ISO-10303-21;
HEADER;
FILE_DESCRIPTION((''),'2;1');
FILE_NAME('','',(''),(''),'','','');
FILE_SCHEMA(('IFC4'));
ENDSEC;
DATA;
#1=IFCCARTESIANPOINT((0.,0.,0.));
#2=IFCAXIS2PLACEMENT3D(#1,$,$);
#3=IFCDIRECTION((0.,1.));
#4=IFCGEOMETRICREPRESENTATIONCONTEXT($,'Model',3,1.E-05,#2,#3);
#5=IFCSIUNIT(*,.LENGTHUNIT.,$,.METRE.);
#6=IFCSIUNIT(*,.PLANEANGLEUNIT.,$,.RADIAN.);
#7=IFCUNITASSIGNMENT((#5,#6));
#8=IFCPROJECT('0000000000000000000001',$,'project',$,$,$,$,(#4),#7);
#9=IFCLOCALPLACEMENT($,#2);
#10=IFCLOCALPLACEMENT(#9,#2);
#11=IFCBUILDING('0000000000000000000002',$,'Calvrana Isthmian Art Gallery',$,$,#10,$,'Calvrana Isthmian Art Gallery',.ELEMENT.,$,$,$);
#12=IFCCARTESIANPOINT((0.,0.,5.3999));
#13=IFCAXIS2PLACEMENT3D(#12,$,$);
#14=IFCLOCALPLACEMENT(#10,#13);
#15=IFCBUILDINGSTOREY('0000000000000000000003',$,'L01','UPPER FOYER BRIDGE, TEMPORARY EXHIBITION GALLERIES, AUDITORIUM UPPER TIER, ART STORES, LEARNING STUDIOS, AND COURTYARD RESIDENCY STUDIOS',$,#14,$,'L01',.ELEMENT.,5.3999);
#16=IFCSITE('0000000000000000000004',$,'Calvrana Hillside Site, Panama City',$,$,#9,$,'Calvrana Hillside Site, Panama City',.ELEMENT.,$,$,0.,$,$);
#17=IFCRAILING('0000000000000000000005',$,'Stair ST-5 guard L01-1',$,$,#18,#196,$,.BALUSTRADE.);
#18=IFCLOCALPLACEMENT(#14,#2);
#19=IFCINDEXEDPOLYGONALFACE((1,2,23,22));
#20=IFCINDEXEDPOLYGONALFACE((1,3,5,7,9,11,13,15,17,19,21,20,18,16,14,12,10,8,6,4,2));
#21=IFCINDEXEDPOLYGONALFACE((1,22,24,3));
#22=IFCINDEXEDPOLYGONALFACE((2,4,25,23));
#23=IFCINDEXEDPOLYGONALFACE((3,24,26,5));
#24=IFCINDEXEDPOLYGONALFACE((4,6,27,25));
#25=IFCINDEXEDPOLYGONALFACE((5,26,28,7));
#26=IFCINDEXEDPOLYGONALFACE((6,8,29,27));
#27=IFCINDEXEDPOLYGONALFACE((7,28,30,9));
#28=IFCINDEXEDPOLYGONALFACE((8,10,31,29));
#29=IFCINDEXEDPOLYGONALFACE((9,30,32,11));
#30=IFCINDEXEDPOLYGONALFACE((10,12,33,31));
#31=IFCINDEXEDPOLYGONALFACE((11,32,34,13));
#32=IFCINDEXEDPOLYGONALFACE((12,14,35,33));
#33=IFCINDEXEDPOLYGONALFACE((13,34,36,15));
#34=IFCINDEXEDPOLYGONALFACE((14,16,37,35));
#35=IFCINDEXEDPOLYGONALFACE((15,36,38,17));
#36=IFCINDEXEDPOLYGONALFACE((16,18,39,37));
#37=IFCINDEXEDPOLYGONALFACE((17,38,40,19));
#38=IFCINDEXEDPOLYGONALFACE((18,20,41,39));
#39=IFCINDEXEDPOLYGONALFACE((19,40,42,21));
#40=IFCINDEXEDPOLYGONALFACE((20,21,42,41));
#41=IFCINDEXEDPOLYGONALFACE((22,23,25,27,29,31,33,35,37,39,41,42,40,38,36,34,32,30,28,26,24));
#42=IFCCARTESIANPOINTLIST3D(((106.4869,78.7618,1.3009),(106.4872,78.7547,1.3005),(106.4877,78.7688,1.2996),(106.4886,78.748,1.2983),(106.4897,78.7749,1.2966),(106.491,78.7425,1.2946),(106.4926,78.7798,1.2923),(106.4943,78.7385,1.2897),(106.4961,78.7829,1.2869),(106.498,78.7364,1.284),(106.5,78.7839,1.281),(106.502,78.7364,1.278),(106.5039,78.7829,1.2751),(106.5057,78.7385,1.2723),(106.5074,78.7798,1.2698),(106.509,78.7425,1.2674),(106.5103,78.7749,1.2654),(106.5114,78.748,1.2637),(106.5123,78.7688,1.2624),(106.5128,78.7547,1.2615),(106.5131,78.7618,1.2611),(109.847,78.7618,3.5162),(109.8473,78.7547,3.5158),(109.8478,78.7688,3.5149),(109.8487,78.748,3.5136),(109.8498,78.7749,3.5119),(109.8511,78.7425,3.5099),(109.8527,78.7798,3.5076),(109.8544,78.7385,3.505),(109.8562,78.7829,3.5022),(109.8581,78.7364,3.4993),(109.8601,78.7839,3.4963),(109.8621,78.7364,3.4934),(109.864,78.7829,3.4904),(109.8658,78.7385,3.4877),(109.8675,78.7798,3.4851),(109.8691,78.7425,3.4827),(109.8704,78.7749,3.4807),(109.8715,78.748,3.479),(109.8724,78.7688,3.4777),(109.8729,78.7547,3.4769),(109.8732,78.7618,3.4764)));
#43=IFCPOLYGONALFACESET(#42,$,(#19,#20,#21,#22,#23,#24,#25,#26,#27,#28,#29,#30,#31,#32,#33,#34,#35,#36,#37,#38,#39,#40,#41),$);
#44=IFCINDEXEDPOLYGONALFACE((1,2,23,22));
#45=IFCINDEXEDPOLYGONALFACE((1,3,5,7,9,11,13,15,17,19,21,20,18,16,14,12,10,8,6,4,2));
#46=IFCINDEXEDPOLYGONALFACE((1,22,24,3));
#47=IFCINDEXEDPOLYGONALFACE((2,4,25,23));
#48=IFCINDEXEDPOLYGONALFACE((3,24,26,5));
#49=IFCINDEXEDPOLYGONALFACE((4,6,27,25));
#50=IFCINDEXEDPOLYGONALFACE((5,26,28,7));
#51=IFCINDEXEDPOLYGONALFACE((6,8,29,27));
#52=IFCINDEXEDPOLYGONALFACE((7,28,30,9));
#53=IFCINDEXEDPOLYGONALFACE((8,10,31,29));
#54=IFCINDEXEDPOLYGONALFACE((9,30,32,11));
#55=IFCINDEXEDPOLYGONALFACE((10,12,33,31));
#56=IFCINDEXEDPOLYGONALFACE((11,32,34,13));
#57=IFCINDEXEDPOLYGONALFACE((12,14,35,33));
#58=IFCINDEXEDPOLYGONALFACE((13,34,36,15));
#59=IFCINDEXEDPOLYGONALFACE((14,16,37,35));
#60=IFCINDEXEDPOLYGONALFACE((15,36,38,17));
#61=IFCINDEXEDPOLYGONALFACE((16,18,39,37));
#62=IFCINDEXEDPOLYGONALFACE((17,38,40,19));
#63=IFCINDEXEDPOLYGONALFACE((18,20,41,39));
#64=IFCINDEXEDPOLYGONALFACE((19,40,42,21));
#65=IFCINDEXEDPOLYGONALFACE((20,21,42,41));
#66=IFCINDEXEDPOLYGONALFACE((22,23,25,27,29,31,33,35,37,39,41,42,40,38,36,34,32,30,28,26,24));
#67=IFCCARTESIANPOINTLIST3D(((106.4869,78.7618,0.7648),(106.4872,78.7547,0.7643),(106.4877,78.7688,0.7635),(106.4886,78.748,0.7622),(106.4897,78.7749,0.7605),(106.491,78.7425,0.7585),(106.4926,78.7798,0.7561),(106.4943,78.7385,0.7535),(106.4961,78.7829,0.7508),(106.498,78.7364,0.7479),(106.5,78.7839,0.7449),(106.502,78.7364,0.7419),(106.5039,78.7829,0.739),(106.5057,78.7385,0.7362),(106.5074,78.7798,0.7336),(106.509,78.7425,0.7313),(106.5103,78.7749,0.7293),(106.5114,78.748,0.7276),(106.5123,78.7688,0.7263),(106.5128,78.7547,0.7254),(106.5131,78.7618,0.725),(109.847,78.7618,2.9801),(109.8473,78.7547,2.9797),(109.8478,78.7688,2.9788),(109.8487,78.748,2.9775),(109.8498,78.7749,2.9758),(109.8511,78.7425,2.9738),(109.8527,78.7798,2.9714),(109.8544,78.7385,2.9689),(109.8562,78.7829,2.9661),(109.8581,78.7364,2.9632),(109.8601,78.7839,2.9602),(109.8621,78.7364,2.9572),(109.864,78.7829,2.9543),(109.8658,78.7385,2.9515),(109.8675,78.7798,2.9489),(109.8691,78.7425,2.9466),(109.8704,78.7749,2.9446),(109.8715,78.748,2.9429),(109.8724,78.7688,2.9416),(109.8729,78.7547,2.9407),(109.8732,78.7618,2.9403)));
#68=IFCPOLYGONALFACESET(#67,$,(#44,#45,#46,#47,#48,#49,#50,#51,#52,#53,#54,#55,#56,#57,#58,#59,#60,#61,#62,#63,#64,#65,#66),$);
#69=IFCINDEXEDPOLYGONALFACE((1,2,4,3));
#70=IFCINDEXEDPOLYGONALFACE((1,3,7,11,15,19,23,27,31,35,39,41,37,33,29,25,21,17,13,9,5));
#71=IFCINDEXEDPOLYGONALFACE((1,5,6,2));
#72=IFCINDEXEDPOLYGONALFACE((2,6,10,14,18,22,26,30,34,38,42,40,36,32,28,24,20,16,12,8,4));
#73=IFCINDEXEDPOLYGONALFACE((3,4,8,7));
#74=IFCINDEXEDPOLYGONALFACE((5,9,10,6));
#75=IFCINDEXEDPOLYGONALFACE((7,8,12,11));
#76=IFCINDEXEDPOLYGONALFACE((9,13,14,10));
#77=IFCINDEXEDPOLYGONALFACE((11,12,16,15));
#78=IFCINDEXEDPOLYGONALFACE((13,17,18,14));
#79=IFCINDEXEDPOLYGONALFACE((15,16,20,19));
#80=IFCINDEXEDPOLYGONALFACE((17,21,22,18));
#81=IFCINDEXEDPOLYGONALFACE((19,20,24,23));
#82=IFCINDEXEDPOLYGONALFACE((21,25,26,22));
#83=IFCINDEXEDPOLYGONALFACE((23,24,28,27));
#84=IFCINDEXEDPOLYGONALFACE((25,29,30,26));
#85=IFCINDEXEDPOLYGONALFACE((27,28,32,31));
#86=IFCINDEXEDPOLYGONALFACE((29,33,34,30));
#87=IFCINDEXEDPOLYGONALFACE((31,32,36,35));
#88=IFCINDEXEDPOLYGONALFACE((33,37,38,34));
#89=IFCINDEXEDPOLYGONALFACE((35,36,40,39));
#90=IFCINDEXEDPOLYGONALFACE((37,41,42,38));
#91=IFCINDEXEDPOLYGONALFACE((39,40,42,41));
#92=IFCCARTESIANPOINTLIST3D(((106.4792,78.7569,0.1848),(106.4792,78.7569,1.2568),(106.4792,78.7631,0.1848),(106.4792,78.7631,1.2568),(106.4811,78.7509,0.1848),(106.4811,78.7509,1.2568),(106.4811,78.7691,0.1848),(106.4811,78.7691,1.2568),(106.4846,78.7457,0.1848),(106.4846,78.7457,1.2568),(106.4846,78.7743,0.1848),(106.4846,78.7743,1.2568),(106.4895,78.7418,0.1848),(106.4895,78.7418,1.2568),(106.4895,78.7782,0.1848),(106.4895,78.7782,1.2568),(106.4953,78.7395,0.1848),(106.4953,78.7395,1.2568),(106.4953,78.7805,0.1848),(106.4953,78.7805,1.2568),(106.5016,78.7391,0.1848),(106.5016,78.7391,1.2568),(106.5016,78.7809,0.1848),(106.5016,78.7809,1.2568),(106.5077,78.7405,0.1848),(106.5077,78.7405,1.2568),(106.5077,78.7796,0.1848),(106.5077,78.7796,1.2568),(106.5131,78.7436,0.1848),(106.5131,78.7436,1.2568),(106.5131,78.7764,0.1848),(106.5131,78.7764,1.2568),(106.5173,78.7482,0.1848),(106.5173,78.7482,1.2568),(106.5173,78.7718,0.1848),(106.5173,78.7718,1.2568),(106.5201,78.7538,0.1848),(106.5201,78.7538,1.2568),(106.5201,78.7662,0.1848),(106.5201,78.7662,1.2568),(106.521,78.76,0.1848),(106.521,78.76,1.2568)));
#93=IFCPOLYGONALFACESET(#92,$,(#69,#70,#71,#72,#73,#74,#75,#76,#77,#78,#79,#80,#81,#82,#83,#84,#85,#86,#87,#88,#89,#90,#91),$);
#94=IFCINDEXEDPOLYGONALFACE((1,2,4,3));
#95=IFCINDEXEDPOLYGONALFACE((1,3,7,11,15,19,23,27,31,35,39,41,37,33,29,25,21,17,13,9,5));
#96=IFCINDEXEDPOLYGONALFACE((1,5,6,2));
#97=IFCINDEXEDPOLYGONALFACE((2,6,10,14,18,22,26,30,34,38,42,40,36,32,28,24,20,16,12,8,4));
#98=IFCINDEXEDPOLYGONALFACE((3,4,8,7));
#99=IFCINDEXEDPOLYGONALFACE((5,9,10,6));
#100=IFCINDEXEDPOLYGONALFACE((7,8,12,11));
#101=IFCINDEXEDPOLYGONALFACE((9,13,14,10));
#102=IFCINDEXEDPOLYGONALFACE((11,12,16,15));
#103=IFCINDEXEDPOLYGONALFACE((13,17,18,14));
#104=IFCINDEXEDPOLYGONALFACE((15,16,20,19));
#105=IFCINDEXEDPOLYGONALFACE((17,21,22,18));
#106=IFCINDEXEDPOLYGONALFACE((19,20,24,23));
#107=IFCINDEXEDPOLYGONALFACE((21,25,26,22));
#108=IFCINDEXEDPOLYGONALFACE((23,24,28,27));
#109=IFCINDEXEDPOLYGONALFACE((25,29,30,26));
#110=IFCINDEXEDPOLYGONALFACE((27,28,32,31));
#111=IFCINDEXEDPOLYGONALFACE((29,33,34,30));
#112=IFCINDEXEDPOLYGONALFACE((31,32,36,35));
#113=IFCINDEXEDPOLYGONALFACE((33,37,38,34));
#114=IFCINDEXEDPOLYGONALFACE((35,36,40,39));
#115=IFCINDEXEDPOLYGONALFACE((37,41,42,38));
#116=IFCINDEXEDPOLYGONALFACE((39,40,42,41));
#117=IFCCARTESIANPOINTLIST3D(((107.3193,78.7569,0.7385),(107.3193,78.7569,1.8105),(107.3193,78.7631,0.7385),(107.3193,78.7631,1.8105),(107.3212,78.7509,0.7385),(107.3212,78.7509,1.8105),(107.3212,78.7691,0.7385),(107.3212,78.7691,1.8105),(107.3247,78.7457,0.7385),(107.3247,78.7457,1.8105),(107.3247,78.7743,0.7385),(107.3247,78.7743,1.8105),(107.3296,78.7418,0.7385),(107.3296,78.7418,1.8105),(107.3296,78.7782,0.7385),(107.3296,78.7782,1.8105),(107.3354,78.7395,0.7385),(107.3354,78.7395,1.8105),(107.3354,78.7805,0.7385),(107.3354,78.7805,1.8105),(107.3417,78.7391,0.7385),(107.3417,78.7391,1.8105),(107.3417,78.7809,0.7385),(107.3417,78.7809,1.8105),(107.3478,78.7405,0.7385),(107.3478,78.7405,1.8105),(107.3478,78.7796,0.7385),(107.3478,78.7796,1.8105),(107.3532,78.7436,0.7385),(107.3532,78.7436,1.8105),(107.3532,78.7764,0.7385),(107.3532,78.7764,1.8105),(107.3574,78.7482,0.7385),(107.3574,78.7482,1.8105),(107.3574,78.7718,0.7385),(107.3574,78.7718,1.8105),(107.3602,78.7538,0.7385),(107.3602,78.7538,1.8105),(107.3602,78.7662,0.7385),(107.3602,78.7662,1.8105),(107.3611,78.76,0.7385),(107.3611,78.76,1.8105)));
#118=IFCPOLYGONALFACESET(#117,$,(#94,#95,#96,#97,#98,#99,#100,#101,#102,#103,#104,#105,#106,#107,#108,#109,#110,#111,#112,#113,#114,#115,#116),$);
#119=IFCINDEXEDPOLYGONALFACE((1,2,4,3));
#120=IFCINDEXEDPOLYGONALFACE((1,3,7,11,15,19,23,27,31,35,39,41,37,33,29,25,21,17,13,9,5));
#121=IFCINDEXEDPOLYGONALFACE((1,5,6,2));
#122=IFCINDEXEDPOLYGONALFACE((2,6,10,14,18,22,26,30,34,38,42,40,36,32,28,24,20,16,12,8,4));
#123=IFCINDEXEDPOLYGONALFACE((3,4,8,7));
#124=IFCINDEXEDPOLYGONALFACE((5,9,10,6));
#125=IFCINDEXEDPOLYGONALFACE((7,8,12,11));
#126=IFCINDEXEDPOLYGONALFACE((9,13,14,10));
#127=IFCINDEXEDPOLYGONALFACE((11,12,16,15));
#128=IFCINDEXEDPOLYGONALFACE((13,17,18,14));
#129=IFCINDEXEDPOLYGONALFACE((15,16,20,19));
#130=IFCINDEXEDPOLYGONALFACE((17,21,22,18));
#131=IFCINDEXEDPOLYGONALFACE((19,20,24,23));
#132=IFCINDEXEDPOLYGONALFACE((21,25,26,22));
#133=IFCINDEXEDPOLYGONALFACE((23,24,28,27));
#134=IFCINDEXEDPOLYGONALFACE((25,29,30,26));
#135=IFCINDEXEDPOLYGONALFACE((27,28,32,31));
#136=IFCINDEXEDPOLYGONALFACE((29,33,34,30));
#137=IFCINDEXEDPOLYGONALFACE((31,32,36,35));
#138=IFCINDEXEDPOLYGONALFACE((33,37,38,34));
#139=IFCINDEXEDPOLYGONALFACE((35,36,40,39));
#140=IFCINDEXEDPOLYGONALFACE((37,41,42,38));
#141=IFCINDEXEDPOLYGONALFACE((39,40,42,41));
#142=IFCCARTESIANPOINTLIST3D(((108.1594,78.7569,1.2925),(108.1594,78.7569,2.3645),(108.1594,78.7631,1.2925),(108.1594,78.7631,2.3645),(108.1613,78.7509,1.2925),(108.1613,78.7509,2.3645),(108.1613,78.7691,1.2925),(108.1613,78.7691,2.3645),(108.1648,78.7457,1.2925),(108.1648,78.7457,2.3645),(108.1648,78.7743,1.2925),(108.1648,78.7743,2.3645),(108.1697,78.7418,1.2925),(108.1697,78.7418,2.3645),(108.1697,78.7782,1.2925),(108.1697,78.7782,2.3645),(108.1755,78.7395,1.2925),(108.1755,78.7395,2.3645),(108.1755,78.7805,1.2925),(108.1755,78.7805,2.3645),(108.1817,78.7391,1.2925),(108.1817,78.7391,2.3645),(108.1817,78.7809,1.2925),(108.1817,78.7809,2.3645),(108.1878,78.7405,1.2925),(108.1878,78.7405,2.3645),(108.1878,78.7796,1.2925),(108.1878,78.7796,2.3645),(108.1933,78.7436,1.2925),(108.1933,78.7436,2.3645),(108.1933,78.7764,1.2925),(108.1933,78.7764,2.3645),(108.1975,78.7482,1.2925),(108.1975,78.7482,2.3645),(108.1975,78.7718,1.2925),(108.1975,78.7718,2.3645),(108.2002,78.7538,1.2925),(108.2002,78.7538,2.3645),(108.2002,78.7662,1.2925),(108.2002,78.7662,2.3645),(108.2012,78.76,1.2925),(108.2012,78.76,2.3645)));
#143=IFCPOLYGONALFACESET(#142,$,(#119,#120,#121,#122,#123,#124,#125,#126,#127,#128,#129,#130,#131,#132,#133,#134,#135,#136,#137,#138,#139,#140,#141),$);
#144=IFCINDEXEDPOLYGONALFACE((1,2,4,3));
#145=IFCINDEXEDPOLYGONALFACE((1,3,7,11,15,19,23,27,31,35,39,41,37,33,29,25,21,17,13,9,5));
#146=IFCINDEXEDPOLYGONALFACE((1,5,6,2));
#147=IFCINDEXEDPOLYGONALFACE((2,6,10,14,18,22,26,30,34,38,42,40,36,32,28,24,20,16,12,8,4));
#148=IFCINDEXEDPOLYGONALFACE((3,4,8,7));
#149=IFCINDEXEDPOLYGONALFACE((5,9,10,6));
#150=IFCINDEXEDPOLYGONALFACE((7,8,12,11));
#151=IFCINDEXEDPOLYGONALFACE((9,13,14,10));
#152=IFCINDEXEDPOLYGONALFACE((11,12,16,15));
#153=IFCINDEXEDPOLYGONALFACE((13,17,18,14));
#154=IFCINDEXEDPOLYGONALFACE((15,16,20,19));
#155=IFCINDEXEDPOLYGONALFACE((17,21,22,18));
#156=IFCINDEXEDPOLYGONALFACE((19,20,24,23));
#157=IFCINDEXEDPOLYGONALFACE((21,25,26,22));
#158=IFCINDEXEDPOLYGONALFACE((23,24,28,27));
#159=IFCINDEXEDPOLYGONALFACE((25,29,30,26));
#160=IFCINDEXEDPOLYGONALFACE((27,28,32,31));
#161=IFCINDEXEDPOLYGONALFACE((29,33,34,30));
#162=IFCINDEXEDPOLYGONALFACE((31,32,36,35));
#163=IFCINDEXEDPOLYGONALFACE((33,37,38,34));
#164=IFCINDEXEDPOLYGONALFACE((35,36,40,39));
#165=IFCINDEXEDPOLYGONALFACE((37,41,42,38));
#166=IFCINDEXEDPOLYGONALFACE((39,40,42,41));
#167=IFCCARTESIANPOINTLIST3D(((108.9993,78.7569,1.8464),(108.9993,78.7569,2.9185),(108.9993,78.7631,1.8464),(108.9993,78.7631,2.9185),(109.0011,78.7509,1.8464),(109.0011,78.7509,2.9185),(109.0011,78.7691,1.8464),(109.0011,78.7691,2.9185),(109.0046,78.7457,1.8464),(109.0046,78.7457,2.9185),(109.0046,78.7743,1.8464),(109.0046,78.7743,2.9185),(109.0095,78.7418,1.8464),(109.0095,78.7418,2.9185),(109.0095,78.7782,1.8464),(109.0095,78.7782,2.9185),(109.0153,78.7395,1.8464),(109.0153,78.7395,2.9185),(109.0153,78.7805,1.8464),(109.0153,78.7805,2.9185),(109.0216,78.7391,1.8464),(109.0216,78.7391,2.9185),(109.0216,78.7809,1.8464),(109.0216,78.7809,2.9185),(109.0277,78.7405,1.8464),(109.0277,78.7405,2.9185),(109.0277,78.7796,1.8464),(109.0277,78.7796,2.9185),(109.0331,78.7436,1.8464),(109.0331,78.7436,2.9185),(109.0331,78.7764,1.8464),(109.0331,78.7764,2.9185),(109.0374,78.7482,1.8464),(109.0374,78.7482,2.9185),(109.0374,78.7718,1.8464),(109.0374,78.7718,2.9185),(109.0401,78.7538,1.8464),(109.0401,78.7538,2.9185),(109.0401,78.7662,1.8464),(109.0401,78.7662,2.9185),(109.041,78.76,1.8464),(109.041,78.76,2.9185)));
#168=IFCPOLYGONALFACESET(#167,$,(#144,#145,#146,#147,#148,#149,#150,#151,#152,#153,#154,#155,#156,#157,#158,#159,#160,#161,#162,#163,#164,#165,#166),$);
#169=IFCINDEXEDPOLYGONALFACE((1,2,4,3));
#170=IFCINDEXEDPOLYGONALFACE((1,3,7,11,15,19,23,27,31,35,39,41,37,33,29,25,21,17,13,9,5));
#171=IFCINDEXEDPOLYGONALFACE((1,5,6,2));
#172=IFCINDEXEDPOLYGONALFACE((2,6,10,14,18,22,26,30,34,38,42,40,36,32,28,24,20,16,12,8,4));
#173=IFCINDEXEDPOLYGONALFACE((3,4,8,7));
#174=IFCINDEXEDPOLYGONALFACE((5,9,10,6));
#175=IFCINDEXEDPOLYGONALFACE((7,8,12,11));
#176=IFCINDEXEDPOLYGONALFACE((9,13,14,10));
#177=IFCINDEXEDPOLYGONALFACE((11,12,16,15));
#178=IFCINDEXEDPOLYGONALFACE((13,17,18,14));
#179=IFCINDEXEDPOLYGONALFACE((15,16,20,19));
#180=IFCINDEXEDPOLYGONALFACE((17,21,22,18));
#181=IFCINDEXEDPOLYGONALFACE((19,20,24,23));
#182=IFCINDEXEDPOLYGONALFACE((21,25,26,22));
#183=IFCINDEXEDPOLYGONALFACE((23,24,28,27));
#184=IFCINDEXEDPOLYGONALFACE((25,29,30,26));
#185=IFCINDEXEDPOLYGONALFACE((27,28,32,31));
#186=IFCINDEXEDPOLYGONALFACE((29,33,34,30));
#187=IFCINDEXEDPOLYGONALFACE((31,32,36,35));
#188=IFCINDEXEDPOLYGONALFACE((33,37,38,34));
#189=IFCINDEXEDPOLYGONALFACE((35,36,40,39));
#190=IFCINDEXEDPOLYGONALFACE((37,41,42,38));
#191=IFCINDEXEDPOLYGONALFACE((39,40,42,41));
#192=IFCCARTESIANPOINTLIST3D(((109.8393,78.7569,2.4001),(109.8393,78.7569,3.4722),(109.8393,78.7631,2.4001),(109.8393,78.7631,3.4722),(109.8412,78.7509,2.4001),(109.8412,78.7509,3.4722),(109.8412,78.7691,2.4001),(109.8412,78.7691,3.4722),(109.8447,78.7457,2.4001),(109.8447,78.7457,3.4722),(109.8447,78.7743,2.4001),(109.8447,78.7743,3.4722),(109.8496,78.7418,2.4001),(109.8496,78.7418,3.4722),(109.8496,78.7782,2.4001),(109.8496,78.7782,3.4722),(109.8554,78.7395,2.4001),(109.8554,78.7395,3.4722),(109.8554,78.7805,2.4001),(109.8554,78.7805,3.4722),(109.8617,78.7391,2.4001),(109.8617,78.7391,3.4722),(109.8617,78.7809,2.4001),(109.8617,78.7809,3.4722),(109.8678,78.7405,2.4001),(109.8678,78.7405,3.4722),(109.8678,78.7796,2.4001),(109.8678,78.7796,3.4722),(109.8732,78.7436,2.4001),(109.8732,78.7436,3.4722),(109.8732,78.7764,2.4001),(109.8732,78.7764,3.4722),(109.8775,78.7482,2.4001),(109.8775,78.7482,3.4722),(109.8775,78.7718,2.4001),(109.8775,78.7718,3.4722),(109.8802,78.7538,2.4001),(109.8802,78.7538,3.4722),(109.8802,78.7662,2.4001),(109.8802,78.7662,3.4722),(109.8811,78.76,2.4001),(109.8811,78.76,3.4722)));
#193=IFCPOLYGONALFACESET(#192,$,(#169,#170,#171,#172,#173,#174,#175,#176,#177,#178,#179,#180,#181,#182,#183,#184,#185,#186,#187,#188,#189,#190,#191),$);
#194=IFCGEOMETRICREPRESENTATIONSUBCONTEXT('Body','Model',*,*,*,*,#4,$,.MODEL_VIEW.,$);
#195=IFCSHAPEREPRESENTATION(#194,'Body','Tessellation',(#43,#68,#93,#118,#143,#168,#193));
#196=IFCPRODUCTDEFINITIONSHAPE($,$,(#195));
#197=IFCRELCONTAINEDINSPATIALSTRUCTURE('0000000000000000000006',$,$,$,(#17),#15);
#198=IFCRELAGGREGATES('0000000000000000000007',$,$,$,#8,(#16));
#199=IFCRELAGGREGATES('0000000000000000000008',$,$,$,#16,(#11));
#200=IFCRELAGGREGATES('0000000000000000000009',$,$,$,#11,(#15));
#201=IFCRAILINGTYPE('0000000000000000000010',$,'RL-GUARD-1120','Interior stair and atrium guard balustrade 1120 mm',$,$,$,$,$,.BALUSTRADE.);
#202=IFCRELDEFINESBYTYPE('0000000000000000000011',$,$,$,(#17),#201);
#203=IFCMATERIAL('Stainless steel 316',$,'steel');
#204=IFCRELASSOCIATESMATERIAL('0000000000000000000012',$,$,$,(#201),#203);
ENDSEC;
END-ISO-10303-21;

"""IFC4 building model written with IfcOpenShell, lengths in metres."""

from ifc_helpers import new_model, si_unit, direction, frame, origin, origin_2d, place, context, subcontext, project, spatial, circle, extrude, material, type_object, element, save


model = new_model("IFC4")

# Units and contexts
model_context = context("Model", 3, precision=1e-05, world=origin(), true_north=direction((0.0, 1.0)))
body_context = subcontext(model_context, "Body", "Model", "MODEL_VIEW")
ifc_project = project(units=[si_unit("LENGTHUNIT", "METRE"), si_unit("PLANEANGLEUNIT", "RADIAN")], contexts=[model_context])

# Site, building, storey
site_placement = place(None, origin())
site = spatial("IfcSite", under=ifc_project, at=site_placement, Name="Calvrana Hillside Site, Panama City", LongName="Calvrana Hillside Site, Panama City", CompositionType="ELEMENT", RefElevation=0.0)
building_placement = place(site_placement, origin())
building = spatial("IfcBuilding", under=site, at=building_placement, Name="Calvrana Isthmian Art Gallery", LongName="Calvrana Isthmian Art Gallery", CompositionType="ELEMENT")
storey_placement = place(building_placement, frame((0.0, 0.0, 5.3999)))
storey = spatial("IfcBuildingStorey", under=building, at=storey_placement, Name="L01", Description="UPPER FOYER BRIDGE, TEMPORARY EXHIBITION GALLERIES, AUDITORIUM UPPER TIER, ART STORES, LEARNING STUDIOS, AND COURTYARD RESIDENCY STUDIOS", LongName="L01", CompositionType="ELEMENT", Elevation=5.3999)

# Railing
ifc_material_1 = material(Name="Stainless steel 316", Category="steel")
railing_type_1 = type_object("IfcRailingType", Name="RL-GUARD-1120", Description="Interior stair and atrium guard balustrade 1120 mm", PredefinedType="BALUSTRADE", material=ifc_material_1)
railing_1_placement = place(storey_placement, frame((106.5, 78.76, 0.1848)))
element("IfcRailing", 1, at=railing_1_placement, inside=storey, type_object=railing_type_1, Name="Stair ST-5 guard L01-1", PredefinedType="BALUSTRADE", context=body_context, shape_type="SweptSolid", body=[
    extrude(circle(Radius=0.0239, at=origin_2d()), frame((0.0, 0.0, 1.0962), z_axis=(0.834876, 0.0, 0.550437), x_axis=(0.0, 1.0, 0.0)), (0.0, 0.0, 1.0), 4.0247),
    extrude(circle(Radius=0.0239, at=origin_2d()), frame((0.0, 0.0, 0.5601), z_axis=(0.834876, 0.0, 0.550437), x_axis=(0.0, 1.0, 0.0)), (0.0, 0.0, 1.0), 4.0247),
    extrude(circle(Radius=0.021, at=origin_2d()), origin(), (0.0, 0.0, 1.0), 1.072),
    extrude(circle(Radius=0.021, at=origin_2d()), frame((0.8401, 0.0, 0.5537)), (0.0, 0.0, 1.0), 1.072),
    extrude(circle(Radius=0.021, at=origin_2d()), frame((1.6802, 0.0, 1.1077)), (0.0, 0.0, 1.0), 1.072),
    extrude(circle(Radius=0.021, at=origin_2d()), frame((2.52, 0.0, 1.6616)), (0.0, 0.0, 1.0), 1.072),
    extrude(circle(Radius=0.021, at=origin_2d()), frame((3.3601, 0.0, 2.2153)), (0.0, 0.0, 1.0), 1.072),
])

save(model, "model.ifc")
